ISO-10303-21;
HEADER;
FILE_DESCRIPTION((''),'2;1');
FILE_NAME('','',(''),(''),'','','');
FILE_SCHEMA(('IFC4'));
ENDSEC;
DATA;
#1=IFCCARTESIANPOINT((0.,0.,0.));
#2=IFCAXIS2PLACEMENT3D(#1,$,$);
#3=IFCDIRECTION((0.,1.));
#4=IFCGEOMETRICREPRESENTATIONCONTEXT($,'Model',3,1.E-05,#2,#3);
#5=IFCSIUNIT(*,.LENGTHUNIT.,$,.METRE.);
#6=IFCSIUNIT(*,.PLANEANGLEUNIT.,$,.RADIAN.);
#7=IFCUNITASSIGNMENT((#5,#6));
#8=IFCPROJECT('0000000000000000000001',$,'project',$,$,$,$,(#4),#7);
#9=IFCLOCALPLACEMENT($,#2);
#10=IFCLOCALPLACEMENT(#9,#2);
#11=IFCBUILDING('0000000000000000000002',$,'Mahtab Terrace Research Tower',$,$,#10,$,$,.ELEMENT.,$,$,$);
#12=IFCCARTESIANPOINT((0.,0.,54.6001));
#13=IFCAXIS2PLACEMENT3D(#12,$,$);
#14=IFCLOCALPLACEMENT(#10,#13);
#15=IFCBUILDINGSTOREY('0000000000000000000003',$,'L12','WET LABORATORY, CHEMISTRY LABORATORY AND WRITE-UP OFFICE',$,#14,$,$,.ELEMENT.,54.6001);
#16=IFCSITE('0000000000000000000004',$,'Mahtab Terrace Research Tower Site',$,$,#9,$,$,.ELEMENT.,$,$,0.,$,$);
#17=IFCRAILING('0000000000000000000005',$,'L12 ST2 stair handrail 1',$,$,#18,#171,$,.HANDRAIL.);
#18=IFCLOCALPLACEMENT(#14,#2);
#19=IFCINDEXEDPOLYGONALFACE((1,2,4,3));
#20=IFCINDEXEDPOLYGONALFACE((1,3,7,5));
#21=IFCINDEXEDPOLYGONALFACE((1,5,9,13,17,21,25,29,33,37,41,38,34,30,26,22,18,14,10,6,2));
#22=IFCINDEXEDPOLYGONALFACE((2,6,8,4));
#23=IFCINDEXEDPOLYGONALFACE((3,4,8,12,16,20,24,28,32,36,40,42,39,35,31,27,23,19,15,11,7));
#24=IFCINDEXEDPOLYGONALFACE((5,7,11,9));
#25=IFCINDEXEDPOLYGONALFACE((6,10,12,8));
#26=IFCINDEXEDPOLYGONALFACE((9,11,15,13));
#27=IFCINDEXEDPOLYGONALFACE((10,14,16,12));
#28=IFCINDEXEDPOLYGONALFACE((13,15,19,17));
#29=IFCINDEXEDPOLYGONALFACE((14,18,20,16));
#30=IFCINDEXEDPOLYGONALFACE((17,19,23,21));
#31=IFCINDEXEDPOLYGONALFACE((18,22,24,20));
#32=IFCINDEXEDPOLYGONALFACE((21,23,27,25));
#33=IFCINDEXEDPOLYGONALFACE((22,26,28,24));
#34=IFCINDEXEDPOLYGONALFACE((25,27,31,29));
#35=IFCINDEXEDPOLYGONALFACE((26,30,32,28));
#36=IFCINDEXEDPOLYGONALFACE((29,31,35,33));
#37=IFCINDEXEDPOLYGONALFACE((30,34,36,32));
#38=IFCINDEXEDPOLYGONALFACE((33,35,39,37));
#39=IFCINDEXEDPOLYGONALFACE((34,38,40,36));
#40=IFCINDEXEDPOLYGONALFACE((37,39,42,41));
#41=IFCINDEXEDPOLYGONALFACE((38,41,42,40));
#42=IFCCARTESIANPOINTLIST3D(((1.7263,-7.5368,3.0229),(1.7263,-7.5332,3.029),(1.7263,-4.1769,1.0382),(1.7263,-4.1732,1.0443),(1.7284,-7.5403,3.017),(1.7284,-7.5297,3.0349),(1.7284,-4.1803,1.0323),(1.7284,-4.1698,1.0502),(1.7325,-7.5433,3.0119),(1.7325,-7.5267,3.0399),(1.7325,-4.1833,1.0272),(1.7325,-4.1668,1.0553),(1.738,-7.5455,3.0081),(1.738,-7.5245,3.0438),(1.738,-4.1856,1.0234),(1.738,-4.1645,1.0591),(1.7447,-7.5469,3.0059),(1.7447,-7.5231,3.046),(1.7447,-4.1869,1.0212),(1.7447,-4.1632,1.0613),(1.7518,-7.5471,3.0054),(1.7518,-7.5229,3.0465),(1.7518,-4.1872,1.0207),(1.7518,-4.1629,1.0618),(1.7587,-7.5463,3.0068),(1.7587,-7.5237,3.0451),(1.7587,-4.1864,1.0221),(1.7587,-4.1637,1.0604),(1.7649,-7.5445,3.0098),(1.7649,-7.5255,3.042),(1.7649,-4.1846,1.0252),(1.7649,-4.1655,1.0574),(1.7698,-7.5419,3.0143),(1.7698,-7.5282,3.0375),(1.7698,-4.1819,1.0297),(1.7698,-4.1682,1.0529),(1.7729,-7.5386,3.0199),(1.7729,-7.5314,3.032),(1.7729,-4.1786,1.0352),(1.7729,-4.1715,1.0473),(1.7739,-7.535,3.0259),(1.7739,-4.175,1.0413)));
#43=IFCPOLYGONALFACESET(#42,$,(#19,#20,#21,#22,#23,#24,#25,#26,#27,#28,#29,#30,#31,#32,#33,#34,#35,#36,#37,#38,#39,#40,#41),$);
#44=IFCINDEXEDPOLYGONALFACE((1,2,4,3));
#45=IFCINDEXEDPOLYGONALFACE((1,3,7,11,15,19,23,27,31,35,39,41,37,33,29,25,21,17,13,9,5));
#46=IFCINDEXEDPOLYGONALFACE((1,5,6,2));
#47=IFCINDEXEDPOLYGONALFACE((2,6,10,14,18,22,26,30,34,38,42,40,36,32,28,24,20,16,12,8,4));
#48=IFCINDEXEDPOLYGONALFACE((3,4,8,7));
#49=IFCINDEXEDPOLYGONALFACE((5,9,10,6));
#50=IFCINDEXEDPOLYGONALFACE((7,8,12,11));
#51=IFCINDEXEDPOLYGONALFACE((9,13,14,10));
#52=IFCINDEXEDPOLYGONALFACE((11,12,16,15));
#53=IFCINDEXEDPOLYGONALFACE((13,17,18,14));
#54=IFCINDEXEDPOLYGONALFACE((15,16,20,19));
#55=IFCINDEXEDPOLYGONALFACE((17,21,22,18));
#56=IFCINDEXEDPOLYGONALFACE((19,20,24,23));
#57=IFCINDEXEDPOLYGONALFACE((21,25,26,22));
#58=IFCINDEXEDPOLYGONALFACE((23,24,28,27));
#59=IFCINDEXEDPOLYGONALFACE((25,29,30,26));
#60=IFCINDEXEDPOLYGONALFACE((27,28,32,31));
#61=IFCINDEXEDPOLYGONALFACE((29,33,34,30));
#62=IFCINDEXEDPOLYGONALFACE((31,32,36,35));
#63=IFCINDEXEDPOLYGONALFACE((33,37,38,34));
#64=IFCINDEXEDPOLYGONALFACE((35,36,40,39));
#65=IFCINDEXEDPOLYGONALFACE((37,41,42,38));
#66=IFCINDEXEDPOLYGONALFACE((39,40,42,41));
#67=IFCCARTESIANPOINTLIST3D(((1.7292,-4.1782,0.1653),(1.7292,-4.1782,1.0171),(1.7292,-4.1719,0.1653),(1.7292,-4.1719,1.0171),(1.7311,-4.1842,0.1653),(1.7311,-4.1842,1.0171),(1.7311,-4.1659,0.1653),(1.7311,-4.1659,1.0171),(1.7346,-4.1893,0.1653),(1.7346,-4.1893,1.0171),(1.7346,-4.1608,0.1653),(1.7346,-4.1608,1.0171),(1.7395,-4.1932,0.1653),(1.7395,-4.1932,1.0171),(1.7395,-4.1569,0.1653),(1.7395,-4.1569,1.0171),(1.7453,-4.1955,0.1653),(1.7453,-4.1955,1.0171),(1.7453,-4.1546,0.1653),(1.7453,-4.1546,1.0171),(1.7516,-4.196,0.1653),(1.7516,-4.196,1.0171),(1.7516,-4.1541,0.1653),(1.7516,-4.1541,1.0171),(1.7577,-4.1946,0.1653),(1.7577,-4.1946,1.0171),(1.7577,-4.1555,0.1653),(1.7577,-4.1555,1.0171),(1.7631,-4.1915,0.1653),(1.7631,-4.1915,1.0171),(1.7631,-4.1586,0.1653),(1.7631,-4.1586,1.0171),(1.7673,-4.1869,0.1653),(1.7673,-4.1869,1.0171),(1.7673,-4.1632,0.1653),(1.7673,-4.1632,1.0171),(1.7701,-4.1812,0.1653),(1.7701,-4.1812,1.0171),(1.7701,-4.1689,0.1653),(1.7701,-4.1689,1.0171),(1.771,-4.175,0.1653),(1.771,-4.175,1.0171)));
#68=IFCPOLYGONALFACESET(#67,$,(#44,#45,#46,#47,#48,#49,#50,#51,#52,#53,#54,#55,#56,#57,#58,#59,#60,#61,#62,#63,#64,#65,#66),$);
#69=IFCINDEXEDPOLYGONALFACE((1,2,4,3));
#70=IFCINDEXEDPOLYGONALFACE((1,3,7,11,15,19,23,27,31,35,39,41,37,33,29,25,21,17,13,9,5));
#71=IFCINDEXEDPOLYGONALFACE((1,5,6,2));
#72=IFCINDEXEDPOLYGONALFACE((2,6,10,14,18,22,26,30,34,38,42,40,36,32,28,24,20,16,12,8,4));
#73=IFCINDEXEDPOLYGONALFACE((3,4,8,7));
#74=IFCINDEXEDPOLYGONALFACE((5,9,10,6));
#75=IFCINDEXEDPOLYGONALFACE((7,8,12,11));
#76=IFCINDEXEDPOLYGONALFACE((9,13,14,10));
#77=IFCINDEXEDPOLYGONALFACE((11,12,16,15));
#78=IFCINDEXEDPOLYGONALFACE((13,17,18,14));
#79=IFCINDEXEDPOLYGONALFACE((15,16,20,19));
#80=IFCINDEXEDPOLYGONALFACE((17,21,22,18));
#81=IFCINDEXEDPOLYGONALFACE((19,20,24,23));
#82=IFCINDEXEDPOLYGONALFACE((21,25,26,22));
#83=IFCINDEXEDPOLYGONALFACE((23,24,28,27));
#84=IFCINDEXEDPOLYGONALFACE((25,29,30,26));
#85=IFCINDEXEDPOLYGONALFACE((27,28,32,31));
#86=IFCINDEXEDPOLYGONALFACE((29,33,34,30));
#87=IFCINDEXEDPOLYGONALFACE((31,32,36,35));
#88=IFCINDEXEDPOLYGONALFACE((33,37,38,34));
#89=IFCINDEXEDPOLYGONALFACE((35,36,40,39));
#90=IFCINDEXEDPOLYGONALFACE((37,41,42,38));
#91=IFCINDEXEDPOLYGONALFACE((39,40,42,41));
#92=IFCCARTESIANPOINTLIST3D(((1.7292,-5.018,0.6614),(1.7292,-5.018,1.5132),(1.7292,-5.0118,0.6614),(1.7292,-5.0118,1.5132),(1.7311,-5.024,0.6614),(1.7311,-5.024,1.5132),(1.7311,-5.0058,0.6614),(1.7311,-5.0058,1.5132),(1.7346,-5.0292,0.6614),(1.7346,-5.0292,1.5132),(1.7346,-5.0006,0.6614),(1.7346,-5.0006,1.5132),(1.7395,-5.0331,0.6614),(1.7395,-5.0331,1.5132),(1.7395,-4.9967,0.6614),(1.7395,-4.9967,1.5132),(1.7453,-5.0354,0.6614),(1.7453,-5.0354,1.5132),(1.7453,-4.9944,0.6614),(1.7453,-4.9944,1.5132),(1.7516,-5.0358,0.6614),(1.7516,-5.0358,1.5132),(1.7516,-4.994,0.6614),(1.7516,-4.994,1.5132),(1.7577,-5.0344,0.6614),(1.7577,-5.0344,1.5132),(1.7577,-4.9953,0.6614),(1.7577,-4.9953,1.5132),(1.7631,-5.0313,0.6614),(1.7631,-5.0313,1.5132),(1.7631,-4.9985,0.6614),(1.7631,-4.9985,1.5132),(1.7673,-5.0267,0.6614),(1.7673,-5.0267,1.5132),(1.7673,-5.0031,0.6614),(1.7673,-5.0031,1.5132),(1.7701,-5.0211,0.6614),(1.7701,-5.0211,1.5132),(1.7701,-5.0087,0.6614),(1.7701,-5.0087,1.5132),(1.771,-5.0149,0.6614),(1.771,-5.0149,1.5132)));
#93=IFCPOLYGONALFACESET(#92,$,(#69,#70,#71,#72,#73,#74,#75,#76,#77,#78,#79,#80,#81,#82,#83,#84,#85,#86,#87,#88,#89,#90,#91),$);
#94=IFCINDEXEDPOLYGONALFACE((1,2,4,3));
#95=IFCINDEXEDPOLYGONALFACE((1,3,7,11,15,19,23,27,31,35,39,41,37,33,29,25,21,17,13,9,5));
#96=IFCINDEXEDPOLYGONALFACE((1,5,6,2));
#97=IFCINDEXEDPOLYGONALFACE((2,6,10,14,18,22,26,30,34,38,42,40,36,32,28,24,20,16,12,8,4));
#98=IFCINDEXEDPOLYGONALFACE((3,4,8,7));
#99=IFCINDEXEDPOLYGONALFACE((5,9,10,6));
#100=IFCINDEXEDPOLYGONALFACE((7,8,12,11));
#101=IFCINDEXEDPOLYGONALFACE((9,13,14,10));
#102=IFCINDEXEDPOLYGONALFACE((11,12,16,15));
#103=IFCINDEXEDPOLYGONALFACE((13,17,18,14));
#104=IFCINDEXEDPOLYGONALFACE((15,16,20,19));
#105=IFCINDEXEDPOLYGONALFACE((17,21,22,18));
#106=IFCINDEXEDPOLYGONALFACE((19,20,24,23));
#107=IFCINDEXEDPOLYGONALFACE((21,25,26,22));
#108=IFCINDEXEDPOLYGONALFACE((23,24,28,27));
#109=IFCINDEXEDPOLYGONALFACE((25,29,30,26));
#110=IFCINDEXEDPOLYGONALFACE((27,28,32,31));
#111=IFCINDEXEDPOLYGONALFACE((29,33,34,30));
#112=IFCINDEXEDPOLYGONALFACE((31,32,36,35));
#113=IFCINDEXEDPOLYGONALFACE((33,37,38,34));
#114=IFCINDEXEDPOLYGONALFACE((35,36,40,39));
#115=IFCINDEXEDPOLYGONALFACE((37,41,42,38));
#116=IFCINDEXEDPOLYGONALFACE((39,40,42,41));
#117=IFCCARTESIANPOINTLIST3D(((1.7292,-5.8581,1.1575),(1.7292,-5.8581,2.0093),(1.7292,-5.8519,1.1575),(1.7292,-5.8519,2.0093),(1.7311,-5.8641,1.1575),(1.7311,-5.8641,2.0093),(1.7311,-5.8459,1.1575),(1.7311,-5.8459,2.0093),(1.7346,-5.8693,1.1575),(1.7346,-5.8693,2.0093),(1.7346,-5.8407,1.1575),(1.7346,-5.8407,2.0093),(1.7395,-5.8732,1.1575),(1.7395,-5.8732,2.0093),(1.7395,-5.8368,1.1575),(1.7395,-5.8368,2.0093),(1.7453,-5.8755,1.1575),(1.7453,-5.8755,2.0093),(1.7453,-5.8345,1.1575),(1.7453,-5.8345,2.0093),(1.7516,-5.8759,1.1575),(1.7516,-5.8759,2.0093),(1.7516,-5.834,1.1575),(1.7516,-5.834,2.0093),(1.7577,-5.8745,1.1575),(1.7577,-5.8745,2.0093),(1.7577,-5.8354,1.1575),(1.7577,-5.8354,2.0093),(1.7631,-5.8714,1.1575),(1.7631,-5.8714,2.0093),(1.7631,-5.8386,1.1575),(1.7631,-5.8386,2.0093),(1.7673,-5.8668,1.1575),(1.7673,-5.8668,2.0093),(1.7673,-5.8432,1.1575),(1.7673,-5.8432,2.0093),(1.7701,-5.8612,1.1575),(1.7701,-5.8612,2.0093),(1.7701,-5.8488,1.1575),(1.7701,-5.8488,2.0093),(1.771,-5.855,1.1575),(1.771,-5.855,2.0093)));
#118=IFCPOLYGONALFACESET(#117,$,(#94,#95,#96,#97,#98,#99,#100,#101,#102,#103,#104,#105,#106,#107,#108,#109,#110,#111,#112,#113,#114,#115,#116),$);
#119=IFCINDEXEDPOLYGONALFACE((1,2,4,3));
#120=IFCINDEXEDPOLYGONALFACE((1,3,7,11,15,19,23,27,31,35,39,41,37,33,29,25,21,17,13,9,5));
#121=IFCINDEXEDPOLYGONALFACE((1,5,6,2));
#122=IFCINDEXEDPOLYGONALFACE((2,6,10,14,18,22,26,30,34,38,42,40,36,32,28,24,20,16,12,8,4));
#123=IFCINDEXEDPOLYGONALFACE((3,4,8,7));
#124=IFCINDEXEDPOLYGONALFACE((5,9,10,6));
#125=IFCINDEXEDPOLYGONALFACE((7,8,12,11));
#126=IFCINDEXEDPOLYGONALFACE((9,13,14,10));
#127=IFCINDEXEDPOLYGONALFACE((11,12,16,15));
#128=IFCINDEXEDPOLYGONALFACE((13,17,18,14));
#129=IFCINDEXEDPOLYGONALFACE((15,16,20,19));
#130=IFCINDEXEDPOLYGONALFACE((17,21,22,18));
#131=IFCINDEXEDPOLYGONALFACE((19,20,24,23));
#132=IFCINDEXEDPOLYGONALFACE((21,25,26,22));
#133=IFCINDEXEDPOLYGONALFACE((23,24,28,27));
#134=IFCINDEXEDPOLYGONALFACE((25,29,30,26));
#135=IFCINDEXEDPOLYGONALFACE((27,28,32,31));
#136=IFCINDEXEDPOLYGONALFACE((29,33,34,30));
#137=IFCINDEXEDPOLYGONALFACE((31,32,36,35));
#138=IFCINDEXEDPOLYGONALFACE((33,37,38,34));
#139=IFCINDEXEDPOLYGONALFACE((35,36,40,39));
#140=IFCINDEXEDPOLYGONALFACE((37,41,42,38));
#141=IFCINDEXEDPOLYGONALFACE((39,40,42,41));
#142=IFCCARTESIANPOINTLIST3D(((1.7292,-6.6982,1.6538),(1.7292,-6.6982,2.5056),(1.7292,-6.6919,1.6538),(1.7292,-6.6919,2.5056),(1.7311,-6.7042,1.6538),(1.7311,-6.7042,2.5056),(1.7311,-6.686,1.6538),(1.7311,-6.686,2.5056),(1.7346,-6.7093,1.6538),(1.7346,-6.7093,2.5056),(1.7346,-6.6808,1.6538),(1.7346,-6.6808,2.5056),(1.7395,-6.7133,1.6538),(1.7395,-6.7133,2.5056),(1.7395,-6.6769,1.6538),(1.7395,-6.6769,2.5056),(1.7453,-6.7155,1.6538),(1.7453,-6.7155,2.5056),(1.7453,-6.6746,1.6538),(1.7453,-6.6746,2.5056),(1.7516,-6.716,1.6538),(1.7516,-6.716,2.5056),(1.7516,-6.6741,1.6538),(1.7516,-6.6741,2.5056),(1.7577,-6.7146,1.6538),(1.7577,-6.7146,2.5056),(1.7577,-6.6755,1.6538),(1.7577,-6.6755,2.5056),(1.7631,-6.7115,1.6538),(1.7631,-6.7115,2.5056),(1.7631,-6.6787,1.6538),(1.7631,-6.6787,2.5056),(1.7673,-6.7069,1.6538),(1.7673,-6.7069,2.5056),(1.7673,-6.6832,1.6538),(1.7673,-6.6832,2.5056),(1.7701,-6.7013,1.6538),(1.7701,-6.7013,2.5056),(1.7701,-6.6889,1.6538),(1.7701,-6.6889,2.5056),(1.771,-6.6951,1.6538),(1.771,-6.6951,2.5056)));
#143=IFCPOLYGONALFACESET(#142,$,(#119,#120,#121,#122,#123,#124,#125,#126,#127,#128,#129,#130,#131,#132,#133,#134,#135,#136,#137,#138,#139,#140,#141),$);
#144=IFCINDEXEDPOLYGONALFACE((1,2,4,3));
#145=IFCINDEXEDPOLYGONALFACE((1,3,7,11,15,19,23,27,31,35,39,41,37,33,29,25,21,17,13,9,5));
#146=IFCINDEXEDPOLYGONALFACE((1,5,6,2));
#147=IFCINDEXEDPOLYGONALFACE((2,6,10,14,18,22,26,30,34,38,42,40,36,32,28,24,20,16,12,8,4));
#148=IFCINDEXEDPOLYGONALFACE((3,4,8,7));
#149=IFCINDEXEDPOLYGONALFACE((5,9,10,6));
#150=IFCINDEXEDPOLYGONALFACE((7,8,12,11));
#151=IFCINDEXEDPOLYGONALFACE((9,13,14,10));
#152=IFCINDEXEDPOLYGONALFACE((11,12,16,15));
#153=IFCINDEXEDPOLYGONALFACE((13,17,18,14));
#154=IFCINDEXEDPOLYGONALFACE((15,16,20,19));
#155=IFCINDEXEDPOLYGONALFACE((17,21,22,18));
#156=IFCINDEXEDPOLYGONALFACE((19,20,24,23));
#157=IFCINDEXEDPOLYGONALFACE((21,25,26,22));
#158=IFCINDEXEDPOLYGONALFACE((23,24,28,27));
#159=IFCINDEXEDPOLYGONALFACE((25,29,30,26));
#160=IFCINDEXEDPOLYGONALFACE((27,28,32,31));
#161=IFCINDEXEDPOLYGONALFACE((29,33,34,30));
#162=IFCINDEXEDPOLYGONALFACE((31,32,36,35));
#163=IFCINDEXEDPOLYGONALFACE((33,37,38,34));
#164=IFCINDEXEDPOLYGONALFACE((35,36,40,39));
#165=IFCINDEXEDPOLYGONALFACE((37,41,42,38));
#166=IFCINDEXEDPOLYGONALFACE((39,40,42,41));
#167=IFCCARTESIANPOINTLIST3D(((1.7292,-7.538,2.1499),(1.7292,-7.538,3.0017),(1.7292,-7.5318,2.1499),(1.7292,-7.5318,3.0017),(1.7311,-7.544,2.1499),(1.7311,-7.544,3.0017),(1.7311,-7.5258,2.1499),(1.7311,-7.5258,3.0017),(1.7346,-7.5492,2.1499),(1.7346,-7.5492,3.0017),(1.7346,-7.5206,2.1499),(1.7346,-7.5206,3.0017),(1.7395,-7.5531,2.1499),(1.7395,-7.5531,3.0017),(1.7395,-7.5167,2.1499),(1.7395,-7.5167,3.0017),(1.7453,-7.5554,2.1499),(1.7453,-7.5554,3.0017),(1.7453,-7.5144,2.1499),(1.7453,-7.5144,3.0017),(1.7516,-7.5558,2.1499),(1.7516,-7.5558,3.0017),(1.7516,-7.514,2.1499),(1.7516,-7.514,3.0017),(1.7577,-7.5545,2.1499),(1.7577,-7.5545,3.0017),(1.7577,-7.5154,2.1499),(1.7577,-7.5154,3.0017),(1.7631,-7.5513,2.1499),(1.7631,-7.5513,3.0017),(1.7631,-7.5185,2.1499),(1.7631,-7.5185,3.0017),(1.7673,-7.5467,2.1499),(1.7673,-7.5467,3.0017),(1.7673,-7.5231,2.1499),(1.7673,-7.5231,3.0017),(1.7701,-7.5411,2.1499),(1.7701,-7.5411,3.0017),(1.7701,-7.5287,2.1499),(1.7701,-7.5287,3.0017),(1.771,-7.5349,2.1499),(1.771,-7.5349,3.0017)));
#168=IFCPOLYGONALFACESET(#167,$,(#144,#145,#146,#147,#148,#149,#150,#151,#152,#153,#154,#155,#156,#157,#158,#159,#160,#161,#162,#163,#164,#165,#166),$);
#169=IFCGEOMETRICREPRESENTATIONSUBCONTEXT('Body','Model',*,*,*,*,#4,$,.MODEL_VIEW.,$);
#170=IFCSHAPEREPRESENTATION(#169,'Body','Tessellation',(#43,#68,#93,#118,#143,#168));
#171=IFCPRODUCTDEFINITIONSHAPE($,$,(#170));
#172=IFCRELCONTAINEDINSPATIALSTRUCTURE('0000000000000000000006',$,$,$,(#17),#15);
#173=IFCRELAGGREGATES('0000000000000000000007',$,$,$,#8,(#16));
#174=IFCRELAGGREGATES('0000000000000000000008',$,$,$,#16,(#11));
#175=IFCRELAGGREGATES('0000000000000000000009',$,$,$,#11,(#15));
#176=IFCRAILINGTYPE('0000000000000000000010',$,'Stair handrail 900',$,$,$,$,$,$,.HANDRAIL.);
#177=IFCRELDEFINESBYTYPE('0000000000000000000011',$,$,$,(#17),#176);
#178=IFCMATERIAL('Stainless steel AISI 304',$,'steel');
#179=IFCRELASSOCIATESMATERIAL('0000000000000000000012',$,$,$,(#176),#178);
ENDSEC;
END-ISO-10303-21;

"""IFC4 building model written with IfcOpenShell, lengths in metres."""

from ifc_helpers import new_model, si_unit, direction, frame, origin, origin_2d, place, context, subcontext, project, spatial, circle, extrude, material, type_object, element, save


model = new_model("IFC4")

# Units and contexts
model_context = context("Model", 3, precision=1e-05, world=origin(), true_north=direction((0.0, 1.0)))
body_context = subcontext(model_context, "Body", "Model", "MODEL_VIEW")
ifc_project = project(units=[si_unit("LENGTHUNIT", "METRE"), si_unit("PLANEANGLEUNIT", "RADIAN")], contexts=[model_context])

# Site, building, storey
site_placement = place(None, origin())
site = spatial("IfcSite", under=ifc_project, at=site_placement, Name="Mahtab Terrace Research Tower Site", CompositionType="ELEMENT", RefElevation=0.0)
building_placement = place(site_placement, origin())
building = spatial("IfcBuilding", under=site, at=building_placement, Name="Mahtab Terrace Research Tower", CompositionType="ELEMENT")
storey_placement = place(building_placement, frame((0.0, 0.0, 54.6001)))
storey = spatial("IfcBuildingStorey", under=building, at=storey_placement, Name="L12", Description="WET LABORATORY, CHEMISTRY LABORATORY AND WRITE-UP OFFICE", CompositionType="ELEMENT", Elevation=54.6001)

# Railing
ifc_material_1 = material(Name="Stainless steel AISI 304", Category="steel")
railing_type_1 = type_object("IfcRailingType", Name="Stair handrail 900", PredefinedType="HANDRAIL", material=ifc_material_1)
railing_1_placement = place(storey_placement, frame((1.75, -4.175, 0.1653)))
element("IfcRailing", 1, at=railing_1_placement, inside=storey, type_object=railing_type_1, Name="L12 ST2 stair handrail 1", PredefinedType="HANDRAIL", context=body_context, shape_type="SweptSolid", body=[
    extrude(circle(Radius=0.0239, at=origin_2d()), frame((0.0, 0.0, 0.876), z_axis=(0.0, -0.861011, 0.508586), x_axis=(1.0, 0.0, 0.0)), (0.0, 0.0, 1.0), 3.9023),
    extrude(circle(Radius=0.021, at=origin_2d()), origin(), (0.0, 0.0, 1.0), 0.8518),
    extrude(circle(Radius=0.021, at=origin_2d()), frame((0.0, -0.8398, 0.4961)), (0.0, 0.0, 1.0), 0.8518),
    extrude(circle(Radius=0.021, at=origin_2d()), frame((0.0, -1.6799, 0.9922)), (0.0, 0.0, 1.0), 0.8518),
    extrude(circle(Radius=0.021, at=origin_2d()), frame((0.0, -2.52, 1.4885)), (0.0, 0.0, 1.0), 0.8518),
    extrude(circle(Radius=0.021, at=origin_2d()), frame((0.0, -3.3599, 1.9846)), (0.0, 0.0, 1.0), 0.8518),
])

save(model, "model.ifc")
